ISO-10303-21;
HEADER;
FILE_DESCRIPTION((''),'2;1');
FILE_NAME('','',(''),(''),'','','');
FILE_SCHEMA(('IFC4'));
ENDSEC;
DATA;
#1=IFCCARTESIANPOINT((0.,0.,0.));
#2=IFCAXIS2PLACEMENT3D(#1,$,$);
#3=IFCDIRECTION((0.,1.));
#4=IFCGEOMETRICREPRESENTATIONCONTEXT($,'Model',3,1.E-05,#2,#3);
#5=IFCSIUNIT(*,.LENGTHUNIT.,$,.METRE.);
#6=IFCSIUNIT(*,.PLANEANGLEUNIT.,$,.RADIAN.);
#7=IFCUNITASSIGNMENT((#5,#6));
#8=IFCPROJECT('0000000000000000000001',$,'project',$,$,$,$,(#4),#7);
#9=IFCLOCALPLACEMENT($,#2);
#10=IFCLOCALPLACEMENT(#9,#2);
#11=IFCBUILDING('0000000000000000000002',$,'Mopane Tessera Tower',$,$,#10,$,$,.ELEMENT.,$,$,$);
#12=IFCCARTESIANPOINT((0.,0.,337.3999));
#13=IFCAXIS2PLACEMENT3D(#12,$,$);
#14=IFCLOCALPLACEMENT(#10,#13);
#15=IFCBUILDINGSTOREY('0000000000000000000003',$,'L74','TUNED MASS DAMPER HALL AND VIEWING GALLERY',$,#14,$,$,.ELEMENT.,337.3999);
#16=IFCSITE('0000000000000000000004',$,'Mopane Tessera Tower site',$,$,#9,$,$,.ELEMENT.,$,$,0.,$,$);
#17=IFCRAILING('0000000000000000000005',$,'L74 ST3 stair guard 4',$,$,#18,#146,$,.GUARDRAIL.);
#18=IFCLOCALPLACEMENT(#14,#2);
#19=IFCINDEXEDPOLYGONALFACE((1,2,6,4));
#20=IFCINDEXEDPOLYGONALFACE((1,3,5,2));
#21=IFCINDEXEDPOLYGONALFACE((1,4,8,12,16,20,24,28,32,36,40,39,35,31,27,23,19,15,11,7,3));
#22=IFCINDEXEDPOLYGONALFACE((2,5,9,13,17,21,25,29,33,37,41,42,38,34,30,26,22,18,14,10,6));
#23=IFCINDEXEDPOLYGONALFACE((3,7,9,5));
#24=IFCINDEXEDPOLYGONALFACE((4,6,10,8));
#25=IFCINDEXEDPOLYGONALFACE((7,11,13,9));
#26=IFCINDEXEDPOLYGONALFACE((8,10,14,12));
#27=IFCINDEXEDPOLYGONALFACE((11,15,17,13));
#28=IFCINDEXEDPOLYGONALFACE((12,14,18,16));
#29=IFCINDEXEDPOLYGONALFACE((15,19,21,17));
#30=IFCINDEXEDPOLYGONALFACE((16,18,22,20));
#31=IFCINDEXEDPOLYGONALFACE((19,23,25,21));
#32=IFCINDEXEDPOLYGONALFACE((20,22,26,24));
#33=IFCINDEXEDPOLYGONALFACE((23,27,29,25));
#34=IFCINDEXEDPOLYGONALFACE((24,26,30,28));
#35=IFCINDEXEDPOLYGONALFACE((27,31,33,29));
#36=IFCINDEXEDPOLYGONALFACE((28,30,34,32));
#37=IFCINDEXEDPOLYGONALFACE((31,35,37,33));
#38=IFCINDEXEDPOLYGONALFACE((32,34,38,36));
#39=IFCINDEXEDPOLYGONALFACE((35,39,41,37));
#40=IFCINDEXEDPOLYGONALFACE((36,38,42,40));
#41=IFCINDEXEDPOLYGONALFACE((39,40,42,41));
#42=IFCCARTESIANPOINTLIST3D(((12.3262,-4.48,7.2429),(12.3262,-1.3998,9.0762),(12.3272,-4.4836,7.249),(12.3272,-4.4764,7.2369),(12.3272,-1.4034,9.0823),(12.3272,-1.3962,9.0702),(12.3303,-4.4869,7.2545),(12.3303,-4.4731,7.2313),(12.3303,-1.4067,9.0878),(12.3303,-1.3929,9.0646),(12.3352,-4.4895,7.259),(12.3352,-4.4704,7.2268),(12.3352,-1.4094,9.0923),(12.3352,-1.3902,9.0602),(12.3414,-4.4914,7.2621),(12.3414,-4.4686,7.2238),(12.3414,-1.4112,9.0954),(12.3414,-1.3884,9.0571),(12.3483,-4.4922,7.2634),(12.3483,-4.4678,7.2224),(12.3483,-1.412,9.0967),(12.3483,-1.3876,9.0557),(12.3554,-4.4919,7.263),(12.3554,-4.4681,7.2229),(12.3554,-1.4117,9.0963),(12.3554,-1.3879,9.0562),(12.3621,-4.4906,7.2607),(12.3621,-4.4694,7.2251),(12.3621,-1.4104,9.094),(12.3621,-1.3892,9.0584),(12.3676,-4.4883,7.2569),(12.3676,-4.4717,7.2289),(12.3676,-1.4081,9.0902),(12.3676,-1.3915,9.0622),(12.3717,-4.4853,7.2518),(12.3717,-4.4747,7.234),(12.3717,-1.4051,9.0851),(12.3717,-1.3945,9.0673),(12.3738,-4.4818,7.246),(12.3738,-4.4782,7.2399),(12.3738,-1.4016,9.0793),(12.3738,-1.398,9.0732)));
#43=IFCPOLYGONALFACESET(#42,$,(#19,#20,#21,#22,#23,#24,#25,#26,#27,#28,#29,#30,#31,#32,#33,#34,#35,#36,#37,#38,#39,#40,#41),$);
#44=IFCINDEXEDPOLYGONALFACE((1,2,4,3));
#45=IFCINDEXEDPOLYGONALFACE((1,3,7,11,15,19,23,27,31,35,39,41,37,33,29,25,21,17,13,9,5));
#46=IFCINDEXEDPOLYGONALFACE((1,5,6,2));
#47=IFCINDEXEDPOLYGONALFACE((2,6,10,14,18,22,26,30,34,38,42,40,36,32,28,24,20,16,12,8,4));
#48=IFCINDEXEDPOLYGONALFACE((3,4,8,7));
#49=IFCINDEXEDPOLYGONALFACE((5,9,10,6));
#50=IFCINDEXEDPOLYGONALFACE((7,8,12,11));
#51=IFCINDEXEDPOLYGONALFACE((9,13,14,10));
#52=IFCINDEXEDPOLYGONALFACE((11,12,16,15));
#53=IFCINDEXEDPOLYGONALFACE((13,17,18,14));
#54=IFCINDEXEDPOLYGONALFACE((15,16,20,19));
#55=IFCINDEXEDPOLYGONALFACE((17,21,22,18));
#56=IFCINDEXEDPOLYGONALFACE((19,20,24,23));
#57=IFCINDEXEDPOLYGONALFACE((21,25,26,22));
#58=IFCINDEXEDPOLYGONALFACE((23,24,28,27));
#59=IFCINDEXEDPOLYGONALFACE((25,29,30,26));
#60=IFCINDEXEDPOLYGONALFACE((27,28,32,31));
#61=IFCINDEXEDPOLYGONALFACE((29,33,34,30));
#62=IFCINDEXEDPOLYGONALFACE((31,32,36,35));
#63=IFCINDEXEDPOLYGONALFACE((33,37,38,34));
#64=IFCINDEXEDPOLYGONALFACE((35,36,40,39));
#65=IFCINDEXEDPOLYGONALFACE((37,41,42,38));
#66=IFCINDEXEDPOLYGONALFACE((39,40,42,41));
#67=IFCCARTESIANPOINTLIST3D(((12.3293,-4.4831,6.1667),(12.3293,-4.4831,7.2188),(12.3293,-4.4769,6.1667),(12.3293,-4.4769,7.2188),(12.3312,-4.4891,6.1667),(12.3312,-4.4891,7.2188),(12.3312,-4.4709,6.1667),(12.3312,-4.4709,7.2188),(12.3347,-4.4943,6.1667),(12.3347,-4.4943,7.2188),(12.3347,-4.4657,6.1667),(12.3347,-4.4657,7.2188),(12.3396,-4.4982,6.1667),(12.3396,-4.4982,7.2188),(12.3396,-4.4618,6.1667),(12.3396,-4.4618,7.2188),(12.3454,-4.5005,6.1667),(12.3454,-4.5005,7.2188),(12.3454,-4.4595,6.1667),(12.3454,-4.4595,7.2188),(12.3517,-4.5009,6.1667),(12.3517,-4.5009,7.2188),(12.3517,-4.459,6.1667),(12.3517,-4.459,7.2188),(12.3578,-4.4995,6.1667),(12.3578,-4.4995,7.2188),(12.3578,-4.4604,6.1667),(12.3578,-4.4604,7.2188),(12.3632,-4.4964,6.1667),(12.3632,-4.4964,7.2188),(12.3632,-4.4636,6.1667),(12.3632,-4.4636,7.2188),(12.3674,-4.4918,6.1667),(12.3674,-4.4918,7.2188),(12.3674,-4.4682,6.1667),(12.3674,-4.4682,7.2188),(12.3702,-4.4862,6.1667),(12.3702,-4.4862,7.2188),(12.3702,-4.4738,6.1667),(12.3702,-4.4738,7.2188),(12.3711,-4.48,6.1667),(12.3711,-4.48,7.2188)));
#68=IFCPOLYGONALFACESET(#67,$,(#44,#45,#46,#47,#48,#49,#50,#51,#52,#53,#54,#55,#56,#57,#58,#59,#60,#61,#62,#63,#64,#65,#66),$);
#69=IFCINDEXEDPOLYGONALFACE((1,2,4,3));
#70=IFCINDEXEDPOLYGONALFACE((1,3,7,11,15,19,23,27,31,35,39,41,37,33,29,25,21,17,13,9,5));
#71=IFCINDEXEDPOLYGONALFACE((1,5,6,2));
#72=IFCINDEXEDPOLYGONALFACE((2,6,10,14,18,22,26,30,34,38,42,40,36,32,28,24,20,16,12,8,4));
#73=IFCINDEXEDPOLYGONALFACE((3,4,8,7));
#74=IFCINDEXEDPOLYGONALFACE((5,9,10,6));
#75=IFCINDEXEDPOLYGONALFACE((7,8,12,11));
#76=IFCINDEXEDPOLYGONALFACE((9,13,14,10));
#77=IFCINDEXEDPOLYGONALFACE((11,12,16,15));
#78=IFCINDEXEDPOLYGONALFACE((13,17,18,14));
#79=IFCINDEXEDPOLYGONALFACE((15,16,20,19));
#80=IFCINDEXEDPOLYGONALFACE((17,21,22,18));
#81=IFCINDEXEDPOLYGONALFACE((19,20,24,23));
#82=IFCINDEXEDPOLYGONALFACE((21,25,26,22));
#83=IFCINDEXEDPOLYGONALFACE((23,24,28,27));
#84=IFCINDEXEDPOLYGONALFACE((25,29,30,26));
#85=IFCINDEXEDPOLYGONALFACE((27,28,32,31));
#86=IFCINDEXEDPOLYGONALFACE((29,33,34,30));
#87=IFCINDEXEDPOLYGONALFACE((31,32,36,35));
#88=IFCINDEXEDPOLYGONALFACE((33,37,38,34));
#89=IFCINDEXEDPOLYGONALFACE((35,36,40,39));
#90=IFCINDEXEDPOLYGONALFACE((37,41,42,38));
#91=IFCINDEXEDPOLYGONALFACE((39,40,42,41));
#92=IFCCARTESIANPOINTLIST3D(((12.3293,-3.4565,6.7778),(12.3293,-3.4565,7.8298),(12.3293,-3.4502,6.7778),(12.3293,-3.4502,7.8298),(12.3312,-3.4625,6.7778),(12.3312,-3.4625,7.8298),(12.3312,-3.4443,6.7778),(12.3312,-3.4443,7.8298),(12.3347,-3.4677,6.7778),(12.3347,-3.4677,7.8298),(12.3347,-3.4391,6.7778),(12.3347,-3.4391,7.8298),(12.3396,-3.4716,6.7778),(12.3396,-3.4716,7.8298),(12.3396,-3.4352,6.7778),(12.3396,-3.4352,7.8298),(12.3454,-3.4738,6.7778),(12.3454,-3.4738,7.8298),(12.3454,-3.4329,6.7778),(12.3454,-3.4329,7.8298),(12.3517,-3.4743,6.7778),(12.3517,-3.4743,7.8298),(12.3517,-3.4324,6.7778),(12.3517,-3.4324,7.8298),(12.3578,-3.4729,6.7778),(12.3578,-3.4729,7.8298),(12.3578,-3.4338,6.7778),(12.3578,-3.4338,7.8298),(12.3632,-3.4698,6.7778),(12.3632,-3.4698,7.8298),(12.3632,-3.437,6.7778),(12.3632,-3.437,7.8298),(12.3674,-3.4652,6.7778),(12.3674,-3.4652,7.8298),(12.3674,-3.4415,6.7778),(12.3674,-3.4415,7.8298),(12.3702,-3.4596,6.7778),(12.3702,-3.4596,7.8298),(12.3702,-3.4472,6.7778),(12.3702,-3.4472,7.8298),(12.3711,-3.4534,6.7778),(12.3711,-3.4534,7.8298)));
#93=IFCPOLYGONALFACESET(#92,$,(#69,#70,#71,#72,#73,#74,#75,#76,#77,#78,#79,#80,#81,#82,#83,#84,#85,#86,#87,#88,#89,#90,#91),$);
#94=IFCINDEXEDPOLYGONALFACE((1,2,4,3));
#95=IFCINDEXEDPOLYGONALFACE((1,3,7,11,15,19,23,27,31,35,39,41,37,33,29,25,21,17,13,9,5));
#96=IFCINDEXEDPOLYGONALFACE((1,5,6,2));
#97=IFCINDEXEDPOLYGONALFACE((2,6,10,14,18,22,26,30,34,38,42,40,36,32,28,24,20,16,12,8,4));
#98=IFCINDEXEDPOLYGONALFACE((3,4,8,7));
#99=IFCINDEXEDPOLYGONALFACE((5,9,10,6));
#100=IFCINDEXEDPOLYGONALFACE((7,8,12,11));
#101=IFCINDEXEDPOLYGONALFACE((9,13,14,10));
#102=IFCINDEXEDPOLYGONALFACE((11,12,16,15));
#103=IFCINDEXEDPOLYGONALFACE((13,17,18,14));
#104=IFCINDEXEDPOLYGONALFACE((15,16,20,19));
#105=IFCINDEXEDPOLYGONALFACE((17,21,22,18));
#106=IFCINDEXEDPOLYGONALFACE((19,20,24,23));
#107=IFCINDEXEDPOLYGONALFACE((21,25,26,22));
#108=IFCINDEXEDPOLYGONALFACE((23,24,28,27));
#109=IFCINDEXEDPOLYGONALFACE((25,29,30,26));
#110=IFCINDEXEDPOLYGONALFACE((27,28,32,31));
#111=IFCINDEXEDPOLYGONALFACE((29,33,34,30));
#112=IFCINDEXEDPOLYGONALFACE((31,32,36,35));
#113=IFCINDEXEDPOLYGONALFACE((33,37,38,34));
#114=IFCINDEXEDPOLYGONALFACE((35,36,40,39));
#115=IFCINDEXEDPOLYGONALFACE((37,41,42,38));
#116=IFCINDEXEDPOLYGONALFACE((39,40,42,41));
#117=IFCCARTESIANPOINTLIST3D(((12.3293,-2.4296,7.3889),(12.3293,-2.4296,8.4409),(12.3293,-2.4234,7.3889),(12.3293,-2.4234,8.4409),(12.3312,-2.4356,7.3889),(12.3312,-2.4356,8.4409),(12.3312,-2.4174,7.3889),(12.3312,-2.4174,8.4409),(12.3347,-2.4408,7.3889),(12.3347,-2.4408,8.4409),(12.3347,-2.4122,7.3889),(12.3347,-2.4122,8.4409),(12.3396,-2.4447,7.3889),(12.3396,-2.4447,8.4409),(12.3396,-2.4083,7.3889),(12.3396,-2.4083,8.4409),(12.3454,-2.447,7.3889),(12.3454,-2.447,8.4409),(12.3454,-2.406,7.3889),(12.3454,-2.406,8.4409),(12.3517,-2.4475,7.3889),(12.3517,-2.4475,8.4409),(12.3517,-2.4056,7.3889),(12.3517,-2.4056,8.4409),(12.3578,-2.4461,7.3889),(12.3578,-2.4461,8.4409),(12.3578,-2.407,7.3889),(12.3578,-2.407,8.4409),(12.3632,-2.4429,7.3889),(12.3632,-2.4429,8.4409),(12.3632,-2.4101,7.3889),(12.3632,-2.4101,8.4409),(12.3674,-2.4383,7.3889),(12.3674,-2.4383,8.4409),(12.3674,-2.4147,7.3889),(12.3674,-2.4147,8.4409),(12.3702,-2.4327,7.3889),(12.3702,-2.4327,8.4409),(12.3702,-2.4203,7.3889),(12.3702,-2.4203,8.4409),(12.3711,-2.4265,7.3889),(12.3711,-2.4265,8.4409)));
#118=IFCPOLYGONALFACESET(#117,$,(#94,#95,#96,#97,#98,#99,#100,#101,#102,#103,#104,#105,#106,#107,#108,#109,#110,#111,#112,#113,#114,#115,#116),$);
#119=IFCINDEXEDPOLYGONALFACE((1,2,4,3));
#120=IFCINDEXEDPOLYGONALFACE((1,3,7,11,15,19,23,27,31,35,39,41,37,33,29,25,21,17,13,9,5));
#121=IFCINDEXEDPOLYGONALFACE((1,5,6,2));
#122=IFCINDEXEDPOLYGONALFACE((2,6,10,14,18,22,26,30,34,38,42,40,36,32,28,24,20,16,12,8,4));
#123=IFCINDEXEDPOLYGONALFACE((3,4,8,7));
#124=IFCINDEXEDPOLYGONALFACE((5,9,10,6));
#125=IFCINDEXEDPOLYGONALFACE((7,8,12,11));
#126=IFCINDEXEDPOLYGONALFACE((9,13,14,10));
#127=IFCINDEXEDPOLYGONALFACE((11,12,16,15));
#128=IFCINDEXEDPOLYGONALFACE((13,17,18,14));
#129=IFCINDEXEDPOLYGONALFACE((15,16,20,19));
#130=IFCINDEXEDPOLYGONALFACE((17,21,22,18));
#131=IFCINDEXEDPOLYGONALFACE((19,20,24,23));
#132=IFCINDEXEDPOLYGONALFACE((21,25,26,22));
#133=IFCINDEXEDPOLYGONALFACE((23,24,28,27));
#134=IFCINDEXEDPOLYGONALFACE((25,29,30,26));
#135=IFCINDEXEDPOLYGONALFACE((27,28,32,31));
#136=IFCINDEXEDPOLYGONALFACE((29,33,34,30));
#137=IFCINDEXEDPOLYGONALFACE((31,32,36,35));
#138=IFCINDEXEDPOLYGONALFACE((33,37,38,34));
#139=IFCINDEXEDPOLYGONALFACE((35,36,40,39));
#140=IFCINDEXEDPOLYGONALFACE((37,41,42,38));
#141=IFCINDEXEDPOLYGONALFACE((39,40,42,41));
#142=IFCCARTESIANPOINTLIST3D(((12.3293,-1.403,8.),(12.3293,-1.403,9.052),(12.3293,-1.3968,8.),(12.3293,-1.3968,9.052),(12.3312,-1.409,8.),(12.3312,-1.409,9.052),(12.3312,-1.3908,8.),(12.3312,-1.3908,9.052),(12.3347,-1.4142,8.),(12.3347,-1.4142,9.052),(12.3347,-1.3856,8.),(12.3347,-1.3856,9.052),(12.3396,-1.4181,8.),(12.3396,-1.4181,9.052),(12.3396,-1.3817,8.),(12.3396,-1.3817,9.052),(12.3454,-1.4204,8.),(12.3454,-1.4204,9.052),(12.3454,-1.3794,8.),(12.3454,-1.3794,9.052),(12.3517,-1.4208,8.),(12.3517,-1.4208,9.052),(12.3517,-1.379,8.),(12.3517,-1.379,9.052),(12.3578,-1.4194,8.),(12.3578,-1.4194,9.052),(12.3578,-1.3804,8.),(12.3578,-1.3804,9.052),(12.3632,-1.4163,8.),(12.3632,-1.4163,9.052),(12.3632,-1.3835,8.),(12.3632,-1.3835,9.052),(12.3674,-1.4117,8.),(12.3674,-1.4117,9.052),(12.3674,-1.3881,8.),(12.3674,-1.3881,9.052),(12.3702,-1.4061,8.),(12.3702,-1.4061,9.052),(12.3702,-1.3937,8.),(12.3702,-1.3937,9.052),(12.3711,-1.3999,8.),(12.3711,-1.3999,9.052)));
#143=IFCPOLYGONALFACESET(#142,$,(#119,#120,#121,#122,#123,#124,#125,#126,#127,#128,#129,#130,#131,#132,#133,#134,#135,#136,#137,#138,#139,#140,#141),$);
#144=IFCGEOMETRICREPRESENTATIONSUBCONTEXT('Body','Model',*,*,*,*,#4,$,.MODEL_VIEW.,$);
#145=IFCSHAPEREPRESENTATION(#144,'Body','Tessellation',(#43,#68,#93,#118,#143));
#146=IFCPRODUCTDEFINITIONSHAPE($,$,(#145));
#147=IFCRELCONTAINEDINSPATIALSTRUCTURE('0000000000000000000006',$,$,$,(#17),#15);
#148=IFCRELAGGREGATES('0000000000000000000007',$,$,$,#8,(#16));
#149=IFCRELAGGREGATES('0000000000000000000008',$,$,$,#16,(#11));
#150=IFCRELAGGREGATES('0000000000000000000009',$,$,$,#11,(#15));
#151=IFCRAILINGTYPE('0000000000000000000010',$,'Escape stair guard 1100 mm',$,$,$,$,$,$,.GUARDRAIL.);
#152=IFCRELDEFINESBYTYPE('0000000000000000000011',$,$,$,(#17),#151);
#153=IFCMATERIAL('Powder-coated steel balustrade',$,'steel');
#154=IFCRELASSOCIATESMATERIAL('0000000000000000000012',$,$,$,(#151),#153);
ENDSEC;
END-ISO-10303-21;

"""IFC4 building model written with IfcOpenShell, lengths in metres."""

from ifc_helpers import new_model, si_unit, direction, frame, origin, origin_2d, place, context, subcontext, project, spatial, circle, extrude, material, type_object, element, save


model = new_model("IFC4")

# Units and contexts
model_context = context("Model", 3, precision=1e-05, world=origin(), true_north=direction((0.0, 1.0)))
body_context = subcontext(model_context, "Body", "Model", "MODEL_VIEW")
ifc_project = project(units=[si_unit("LENGTHUNIT", "METRE"), si_unit("PLANEANGLEUNIT", "RADIAN")], contexts=[model_context])

# Site, building, storey
site_placement = place(None, origin())
site = spatial("IfcSite", under=ifc_project, at=site_placement, Name="Mopane Tessera Tower site", CompositionType="ELEMENT", RefElevation=0.0)
building_placement = place(site_placement, origin())
building = spatial("IfcBuilding", under=site, at=building_placement, Name="Mopane Tessera Tower", CompositionType="ELEMENT")
storey_placement = place(building_placement, frame((0.0, 0.0, 337.3999)))
storey = spatial("IfcBuildingStorey", under=building, at=storey_placement, Name="L74", Description="TUNED MASS DAMPER HALL AND VIEWING GALLERY", CompositionType="ELEMENT", Elevation=337.3999)

# Railing
ifc_material_1 = material(Name="Powder-coated steel balustrade", Category="steel")
railing_type_1 = type_object("IfcRailingType", Name="Escape stair guard 1100 mm", PredefinedType="GUARDRAIL", material=ifc_material_1)
railing_1_placement = place(storey_placement, frame((12.3501, -4.48, 6.1667)))
element("IfcRailing", 1, at=railing_1_placement, inside=storey, type_object=railing_type_1, Name="L74 ST3 stair guard 4", PredefinedType="GUARDRAIL", context=body_context, shape_type="SweptSolid", body=[
    extrude(circle(Radius=0.0239, at=origin_2d()), frame((0.0, 0.0, 1.0762), z_axis=(0.0, 0.859309, 0.511458), x_axis=(-1.0, 0.0, 0.0)), (0.0, 0.0, 1.0), 3.5845),
    extrude(circle(Radius=0.021, at=origin_2d()), origin(), (0.0, 0.0, 1.0), 1.052),
    extrude(circle(Radius=0.021, at=origin_2d()), frame((0.0, 1.0266, 0.6111)), (0.0, 0.0, 1.0), 1.052),
    extrude(circle(Radius=0.021, at=origin_2d()), frame((0.0, 2.0535, 1.2222)), (0.0, 0.0, 1.0), 1.052),
    extrude(circle(Radius=0.021, at=origin_2d()), frame((0.0, 3.0801, 1.8333)), (0.0, 0.0, 1.0), 1.052),
])

save(model, "model.ifc")
